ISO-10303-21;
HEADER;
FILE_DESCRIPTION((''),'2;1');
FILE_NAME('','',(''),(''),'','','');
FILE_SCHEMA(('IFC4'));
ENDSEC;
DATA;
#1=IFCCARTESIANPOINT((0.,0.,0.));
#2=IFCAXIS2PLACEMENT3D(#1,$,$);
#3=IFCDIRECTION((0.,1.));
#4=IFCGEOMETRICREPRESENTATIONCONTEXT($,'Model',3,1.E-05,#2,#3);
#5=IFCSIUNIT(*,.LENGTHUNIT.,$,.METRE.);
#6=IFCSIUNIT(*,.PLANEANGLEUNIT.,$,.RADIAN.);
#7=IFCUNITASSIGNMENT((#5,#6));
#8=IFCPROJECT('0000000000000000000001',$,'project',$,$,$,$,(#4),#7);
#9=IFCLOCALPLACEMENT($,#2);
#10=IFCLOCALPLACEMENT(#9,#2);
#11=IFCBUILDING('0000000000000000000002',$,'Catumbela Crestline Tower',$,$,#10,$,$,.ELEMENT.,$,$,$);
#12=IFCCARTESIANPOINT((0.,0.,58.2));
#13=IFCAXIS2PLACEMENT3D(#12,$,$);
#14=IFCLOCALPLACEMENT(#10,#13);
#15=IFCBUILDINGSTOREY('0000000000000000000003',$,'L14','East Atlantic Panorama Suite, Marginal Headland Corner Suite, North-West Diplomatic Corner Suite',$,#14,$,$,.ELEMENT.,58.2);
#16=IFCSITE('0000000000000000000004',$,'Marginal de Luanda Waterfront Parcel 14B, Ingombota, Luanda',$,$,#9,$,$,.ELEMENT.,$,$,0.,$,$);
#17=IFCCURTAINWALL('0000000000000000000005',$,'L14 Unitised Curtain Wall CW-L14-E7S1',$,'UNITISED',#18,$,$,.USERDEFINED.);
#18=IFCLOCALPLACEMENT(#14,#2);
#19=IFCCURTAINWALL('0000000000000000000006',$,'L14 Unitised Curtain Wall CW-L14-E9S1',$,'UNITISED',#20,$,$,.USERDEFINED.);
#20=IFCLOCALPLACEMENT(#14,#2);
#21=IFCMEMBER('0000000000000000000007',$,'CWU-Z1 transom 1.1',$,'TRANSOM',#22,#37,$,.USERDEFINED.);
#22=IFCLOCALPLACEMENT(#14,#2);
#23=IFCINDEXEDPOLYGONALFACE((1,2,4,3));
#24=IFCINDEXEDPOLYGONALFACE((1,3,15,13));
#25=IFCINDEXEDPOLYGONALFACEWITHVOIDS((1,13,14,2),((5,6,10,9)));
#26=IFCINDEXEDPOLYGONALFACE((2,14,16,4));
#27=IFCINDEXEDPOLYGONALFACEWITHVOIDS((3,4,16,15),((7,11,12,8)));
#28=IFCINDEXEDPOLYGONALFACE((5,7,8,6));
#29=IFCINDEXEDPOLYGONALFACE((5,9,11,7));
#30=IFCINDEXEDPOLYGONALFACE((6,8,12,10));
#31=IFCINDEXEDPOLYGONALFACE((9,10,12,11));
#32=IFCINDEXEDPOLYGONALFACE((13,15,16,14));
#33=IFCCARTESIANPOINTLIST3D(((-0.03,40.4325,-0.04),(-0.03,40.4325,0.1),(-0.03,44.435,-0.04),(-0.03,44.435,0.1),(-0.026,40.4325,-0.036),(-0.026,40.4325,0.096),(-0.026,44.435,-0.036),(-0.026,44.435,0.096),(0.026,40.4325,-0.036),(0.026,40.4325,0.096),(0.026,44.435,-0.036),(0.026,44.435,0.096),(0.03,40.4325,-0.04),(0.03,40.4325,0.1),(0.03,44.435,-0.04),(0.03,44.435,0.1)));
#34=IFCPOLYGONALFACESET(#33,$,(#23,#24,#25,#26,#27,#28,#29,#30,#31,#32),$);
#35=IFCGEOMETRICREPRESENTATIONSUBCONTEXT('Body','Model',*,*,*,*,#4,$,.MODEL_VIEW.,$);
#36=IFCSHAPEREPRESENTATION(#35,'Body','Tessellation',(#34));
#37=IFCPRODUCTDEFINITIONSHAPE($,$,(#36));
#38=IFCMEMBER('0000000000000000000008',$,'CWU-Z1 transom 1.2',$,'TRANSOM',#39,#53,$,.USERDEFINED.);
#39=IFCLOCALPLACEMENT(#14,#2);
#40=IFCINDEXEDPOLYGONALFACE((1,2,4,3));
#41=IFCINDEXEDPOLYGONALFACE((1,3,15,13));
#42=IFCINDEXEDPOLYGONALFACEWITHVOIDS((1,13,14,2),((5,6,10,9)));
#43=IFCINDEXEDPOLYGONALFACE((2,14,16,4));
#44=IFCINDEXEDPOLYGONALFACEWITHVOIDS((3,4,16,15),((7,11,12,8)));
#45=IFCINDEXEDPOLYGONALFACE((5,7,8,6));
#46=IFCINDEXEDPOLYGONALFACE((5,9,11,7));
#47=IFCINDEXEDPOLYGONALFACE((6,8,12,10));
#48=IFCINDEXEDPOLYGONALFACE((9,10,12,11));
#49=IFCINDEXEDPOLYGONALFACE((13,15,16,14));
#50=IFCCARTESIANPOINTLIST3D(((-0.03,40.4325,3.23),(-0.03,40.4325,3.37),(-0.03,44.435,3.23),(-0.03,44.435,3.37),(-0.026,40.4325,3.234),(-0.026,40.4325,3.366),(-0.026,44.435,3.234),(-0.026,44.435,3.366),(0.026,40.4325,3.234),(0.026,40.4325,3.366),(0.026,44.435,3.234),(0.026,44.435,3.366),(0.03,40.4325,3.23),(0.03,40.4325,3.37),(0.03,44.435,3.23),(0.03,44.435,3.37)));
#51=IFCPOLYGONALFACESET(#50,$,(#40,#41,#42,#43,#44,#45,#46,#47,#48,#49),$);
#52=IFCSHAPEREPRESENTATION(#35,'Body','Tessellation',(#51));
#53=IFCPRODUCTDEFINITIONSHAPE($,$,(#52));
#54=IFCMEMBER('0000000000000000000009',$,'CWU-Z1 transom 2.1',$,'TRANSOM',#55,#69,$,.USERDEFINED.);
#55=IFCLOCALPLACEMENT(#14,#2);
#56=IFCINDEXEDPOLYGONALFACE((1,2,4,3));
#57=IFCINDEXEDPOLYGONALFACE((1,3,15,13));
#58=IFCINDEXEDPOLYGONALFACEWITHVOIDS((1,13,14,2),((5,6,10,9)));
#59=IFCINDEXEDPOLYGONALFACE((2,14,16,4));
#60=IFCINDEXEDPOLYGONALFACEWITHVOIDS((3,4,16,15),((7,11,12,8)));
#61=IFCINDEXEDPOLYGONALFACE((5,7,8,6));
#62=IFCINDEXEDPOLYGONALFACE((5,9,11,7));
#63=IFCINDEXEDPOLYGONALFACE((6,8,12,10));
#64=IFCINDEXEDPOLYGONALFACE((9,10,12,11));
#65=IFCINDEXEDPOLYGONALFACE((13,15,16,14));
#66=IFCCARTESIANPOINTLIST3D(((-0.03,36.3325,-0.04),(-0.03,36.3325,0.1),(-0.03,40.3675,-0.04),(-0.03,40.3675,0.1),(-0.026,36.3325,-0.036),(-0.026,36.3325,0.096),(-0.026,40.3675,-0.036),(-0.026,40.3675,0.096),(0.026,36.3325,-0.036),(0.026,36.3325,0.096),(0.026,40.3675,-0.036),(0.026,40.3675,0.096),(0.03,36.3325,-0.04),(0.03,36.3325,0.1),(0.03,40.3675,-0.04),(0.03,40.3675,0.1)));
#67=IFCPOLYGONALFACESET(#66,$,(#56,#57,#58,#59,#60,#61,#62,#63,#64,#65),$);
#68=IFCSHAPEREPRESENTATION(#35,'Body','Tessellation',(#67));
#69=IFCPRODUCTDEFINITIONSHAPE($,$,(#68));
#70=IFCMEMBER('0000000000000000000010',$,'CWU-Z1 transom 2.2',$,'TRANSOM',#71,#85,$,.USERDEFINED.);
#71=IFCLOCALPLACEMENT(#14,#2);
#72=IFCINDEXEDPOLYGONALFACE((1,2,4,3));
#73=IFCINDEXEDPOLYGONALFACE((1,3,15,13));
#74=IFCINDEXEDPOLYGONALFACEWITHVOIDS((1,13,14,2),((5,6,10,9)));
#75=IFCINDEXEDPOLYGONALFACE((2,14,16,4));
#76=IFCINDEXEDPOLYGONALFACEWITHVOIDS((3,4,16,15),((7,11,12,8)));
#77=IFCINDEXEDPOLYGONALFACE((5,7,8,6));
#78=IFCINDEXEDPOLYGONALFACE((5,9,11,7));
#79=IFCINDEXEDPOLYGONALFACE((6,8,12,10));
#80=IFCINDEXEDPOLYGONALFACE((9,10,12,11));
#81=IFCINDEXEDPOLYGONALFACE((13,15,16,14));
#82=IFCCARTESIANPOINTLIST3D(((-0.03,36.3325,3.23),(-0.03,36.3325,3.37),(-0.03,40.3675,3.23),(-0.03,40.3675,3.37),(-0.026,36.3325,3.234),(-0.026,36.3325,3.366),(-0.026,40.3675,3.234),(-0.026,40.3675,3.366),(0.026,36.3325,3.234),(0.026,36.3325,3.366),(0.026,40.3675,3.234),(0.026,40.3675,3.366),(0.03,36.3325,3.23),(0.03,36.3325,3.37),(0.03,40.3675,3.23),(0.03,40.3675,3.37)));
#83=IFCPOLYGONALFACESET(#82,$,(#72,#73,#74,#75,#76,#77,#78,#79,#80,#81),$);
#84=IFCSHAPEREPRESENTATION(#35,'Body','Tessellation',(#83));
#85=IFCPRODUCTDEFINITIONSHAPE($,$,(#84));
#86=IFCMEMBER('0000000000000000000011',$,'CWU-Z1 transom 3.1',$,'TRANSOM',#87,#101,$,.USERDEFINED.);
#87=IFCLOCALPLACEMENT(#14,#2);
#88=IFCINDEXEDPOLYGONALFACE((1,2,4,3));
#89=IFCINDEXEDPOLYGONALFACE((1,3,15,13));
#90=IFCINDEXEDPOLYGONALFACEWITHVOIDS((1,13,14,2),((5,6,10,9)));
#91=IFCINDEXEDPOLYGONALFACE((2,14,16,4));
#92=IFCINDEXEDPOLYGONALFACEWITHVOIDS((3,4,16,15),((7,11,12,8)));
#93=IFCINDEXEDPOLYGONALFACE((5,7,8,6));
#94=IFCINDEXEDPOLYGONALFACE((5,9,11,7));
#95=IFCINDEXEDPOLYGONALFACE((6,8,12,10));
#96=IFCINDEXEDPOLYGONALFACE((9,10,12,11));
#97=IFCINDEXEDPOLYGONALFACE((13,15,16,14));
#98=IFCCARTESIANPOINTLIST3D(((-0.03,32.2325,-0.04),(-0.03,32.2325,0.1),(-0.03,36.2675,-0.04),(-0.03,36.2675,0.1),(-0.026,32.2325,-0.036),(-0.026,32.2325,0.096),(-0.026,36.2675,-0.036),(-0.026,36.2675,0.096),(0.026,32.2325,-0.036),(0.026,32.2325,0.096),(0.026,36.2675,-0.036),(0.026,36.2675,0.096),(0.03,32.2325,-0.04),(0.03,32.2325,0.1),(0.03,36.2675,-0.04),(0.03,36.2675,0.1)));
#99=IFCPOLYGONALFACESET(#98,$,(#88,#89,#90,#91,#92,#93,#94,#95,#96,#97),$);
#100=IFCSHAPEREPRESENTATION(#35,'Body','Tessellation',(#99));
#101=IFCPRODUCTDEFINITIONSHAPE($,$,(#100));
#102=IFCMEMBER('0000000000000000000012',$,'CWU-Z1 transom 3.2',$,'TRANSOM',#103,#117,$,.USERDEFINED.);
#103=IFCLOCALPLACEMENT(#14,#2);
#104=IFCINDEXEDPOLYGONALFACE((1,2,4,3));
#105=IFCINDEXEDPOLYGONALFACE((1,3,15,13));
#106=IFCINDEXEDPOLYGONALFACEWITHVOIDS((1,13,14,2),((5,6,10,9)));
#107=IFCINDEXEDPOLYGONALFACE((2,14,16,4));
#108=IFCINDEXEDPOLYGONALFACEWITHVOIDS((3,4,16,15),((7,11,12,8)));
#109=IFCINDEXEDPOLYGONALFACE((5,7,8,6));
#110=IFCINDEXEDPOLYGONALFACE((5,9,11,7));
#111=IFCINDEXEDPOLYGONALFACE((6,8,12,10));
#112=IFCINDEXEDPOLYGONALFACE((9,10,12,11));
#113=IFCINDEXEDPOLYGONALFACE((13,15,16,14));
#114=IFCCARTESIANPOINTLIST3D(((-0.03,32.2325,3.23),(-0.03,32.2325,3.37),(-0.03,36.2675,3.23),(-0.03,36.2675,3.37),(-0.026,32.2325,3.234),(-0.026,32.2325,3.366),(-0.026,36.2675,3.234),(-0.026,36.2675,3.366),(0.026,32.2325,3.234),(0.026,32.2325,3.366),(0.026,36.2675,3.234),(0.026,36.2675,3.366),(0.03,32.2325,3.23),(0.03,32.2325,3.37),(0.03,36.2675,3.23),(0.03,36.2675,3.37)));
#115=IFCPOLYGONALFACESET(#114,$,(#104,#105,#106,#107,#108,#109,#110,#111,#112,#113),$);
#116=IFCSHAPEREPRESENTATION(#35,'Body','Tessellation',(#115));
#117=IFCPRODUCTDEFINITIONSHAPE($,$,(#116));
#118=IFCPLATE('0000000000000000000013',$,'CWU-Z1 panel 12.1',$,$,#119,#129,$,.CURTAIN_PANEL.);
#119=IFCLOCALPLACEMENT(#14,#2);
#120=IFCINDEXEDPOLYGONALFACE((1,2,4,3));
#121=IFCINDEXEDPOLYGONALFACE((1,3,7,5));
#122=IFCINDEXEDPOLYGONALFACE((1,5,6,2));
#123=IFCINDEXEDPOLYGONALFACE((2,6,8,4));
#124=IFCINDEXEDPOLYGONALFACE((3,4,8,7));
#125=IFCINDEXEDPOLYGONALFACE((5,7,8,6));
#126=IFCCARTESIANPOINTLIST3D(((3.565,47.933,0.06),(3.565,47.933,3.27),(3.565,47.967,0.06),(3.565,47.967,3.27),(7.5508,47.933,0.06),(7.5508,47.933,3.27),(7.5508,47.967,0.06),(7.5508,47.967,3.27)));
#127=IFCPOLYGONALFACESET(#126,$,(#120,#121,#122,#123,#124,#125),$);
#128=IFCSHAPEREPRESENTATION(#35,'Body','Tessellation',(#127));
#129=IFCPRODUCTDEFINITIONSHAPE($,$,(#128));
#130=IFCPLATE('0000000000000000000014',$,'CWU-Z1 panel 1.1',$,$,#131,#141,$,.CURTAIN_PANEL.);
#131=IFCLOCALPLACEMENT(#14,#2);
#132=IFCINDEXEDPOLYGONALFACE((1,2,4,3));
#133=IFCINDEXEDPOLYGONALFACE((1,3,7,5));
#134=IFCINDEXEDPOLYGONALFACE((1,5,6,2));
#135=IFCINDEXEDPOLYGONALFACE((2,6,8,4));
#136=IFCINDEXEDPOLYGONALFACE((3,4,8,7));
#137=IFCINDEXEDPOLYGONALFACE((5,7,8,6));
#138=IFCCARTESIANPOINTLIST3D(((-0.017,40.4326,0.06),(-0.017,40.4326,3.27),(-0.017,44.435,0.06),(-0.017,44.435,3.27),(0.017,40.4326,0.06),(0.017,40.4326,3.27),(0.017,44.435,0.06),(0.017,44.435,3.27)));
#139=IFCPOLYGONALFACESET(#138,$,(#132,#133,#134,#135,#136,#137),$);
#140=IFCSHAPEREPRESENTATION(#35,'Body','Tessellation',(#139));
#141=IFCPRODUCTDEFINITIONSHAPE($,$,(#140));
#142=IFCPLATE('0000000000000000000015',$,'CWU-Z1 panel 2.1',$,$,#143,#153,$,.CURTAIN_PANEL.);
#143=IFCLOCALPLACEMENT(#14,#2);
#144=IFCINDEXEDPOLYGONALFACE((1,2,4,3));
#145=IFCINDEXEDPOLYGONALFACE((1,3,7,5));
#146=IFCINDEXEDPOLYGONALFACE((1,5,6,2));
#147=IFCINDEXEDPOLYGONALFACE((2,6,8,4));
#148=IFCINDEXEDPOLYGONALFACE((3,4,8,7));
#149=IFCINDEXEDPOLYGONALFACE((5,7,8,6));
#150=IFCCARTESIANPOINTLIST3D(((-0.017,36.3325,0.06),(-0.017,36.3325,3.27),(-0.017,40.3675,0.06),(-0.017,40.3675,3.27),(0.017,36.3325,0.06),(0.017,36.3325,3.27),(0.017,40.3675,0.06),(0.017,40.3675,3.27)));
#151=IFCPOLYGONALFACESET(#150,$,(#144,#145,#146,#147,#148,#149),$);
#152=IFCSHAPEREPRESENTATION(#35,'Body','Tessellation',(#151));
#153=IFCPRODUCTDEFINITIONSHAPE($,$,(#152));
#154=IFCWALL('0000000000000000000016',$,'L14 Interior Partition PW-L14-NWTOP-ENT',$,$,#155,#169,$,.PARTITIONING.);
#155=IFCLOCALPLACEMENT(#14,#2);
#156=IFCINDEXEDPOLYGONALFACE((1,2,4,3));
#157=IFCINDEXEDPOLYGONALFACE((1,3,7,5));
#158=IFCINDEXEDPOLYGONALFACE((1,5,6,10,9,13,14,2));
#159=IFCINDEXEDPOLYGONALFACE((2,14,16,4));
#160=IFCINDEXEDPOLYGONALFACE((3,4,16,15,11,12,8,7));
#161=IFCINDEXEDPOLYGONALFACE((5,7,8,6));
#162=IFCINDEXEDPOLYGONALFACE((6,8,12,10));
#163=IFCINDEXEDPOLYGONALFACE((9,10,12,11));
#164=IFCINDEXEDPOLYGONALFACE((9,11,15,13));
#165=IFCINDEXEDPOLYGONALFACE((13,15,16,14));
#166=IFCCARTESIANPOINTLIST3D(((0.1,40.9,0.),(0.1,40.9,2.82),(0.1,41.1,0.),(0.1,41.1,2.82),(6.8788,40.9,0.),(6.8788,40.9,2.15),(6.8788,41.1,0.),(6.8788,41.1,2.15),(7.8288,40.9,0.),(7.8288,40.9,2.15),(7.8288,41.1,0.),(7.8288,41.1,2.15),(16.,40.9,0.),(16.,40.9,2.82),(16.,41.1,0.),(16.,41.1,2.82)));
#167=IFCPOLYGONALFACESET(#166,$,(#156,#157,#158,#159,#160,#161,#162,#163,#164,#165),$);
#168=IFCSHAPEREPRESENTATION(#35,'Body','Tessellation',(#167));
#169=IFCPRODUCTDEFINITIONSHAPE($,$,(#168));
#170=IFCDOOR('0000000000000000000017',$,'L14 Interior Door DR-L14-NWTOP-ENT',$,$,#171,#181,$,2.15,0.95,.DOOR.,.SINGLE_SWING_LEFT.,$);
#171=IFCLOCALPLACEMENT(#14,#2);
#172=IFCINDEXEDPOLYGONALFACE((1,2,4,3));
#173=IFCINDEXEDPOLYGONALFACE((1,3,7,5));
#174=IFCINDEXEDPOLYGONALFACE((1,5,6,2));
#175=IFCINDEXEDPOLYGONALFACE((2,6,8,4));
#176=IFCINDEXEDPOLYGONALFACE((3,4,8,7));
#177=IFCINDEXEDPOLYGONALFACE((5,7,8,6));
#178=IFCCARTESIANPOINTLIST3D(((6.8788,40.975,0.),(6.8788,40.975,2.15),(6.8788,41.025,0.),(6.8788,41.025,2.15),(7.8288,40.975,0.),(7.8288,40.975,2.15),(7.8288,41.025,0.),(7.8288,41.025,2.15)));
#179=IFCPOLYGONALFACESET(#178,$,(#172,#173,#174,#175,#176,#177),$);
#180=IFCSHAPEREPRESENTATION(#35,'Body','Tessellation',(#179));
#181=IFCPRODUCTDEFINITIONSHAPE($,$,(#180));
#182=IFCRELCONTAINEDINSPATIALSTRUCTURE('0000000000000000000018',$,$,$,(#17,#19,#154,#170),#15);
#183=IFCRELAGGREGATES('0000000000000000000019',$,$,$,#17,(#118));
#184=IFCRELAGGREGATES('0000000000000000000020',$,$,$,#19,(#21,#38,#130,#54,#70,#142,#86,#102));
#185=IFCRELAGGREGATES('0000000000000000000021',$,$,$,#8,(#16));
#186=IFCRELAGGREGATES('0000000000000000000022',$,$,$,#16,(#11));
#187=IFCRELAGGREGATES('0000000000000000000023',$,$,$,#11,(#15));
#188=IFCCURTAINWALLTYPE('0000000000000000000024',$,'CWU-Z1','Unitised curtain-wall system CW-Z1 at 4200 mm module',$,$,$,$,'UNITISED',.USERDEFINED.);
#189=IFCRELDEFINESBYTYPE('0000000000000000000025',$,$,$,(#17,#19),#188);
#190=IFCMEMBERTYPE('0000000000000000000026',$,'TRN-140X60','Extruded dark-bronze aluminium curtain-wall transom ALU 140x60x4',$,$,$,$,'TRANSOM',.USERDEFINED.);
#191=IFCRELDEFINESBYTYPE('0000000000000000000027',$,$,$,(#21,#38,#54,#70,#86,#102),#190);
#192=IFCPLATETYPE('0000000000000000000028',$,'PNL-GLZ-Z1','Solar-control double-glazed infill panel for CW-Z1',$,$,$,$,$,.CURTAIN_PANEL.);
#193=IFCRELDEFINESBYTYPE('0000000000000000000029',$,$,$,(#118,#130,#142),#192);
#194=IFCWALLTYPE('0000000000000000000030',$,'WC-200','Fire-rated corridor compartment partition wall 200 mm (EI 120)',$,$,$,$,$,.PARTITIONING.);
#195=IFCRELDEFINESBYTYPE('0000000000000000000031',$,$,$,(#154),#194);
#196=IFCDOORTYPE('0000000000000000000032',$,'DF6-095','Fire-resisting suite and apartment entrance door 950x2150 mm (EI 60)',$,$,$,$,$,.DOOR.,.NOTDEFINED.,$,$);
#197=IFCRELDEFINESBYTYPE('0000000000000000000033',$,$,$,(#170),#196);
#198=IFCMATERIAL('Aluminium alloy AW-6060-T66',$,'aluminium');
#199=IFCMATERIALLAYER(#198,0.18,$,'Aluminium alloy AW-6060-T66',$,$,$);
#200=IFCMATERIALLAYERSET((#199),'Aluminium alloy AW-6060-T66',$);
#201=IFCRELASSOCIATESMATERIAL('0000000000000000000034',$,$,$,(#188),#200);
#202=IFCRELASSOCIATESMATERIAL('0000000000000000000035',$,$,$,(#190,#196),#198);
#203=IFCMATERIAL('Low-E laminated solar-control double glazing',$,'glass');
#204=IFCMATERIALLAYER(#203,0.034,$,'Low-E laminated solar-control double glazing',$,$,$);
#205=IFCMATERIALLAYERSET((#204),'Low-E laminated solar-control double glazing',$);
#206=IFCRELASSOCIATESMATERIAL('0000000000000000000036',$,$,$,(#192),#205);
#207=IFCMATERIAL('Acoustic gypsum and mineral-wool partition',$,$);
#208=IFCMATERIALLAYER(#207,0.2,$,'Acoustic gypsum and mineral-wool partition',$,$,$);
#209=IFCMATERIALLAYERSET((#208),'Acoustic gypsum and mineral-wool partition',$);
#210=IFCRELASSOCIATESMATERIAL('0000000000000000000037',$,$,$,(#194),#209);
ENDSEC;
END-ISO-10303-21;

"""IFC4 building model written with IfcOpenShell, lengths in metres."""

from ifc_helpers import new_model, si_unit, direction, frame, frame_2d, origin, origin_2d, place, context, subcontext, project, spatial, rectangle, hollow_rectangle, extrude, material, layer, layer_set, material_profile, profile_set, type_object, element, fill, aggregate, save


model = new_model("IFC4")

# Units and contexts
model_context = context("Model", 3, precision=1e-05, world=origin(), true_north=direction((0.0, 1.0)))
body_context = subcontext(model_context, "Body", "Model", "MODEL_VIEW")
ifc_project = project(units=[si_unit("LENGTHUNIT", "METRE"), si_unit("PLANEANGLEUNIT", "RADIAN")], contexts=[model_context])

# Site, building, storey
site_placement = place(None, origin())
site = spatial("IfcSite", under=ifc_project, at=site_placement, Name="Marginal de Luanda Waterfront Parcel 14B, Ingombota, Luanda", CompositionType="ELEMENT", RefElevation=0.0)
building_placement = place(site_placement, origin())
building = spatial("IfcBuilding", under=site, at=building_placement, Name="Catumbela Crestline Tower", CompositionType="ELEMENT")
storey_placement = place(building_placement, frame((0.0, 0.0, 58.2)))
storey = spatial("IfcBuildingStorey", under=building, at=storey_placement, Name="L14", Description="East Atlantic Panorama Suite, Marginal Headland Corner Suite, North-West Diplomatic Corner Suite", CompositionType="ELEMENT", Elevation=58.2)

# Curtain walls
ifc_material_1 = material(Name="Aluminium alloy AW-6060-T66", Category="aluminium")
ifc_layer_1 = layer(ifc_material_1, 0.18, Name="Aluminium alloy AW-6060-T66")
ifc_layer_set_1 = layer_set([ifc_layer_1], Name="Aluminium alloy AW-6060-T66")
curtain_wall_type = type_object("IfcCurtainWallType", Name="CWU-Z1", Description="Unitised curtain-wall system CW-Z1 at 4200 mm module", ElementType="UNITISED", PredefinedType="USERDEFINED", material=ifc_layer_set_1)
curtain_wall_1_placement = place(storey_placement, origin())
curtain_wall_1 = element("IfcCurtainWall", 1, at=curtain_wall_1_placement, inside=storey, type_object=curtain_wall_type, Name="L14 Unitised Curtain Wall CW-L14-E7S1", ObjectType="UNITISED", PredefinedType="USERDEFINED")
curtain_wall_2_placement = place(storey_placement, origin())
curtain_wall_2 = element("IfcCurtainWall", 2, at=curtain_wall_2_placement, inside=storey, type_object=curtain_wall_type, Name="L14 Unitised Curtain Wall CW-L14-E9S1", ObjectType="UNITISED", PredefinedType="USERDEFINED")

# Members
ifc_material_profile_1 = material_profile(ifc_material_1, hollow_rectangle(XDim=0.06, YDim=0.14, WallThickness=0.004, at=origin_2d()), Name="ALU 140x60x4")
ifc_profile_set_1 = profile_set([ifc_material_profile_1], Name="Aluminium alloy AW-6060-T66")
member_type_1 = type_object("IfcMemberType", Name="TRN-140X60", Description="Extruded dark-bronze aluminium curtain-wall transom ALU 140x60x4", ElementType="TRANSOM", PredefinedType="USERDEFINED", material=ifc_profile_set_1)
member_1_placement = place(storey_placement, frame((0.0, 44.435, 0.03), z_axis=(0.0, -1.0, 0.0), x_axis=(1.0, 0.0, 0.0)))
member_1 = element("IfcMember", 3, at=member_1_placement, type_object=member_type_1, Name="CWU-Z1 transom 1.1", ObjectType="TRANSOM", PredefinedType="USERDEFINED", context=body_context, shape_type="SweptSolid", body=[
    extrude(hollow_rectangle(XDim=0.06, YDim=0.14, WallThickness=0.004, at=origin_2d()), origin(), (0.0, 0.0, 1.0), 4.0025),
])
member_2_placement = place(storey_placement, frame((0.0, 44.435, 3.3), z_axis=(0.0, -1.0, 0.0), x_axis=(1.0, 0.0, 0.0)))
member_2 = element("IfcMember", 4, at=member_2_placement, type_object=member_type_1, Name="CWU-Z1 transom 1.2", ObjectType="TRANSOM", PredefinedType="USERDEFINED", context=body_context, shape_type="SweptSolid", body=[
    extrude(hollow_rectangle(XDim=0.06, YDim=0.14, WallThickness=0.004, at=origin_2d()), origin(), (0.0, 0.0, 1.0), 4.0025),
])
member_3_placement = place(storey_placement, frame((0.0, 40.3675, 0.03), z_axis=(0.0, -1.0, 0.0), x_axis=(1.0, 0.0, 0.0)))
member_3 = element("IfcMember", 5, at=member_3_placement, type_object=member_type_1, Name="CWU-Z1 transom 2.1", ObjectType="TRANSOM", PredefinedType="USERDEFINED", context=body_context, shape_type="SweptSolid", body=[
    extrude(hollow_rectangle(XDim=0.06, YDim=0.14, WallThickness=0.004, at=origin_2d()), origin(), (0.0, 0.0, 1.0), 4.035),
])
member_4_placement = place(storey_placement, frame((0.0, 40.3675, 3.3), z_axis=(0.0, -1.0, 0.0), x_axis=(1.0, 0.0, 0.0)))
member_4 = element("IfcMember", 6, at=member_4_placement, type_object=member_type_1, Name="CWU-Z1 transom 2.2", ObjectType="TRANSOM", PredefinedType="USERDEFINED", context=body_context, shape_type="SweptSolid", body=[
    extrude(hollow_rectangle(XDim=0.06, YDim=0.14, WallThickness=0.004, at=origin_2d()), origin(), (0.0, 0.0, 1.0), 4.035),
])
member_5_placement = place(storey_placement, frame((0.0, 36.2675, 0.03), z_axis=(0.0, -1.0, 0.0), x_axis=(1.0, 0.0, 0.0)))
member_5 = element("IfcMember", 7, at=member_5_placement, type_object=member_type_1, Name="CWU-Z1 transom 3.1", ObjectType="TRANSOM", PredefinedType="USERDEFINED", context=body_context, shape_type="SweptSolid", body=[
    extrude(hollow_rectangle(XDim=0.06, YDim=0.14, WallThickness=0.004, at=origin_2d()), origin(), (0.0, 0.0, 1.0), 4.035),
])
member_6_placement = place(storey_placement, frame((0.0, 36.2675, 3.3), z_axis=(0.0, -1.0, 0.0), x_axis=(1.0, 0.0, 0.0)))
member_6 = element("IfcMember", 8, at=member_6_placement, type_object=member_type_1, Name="CWU-Z1 transom 3.2", ObjectType="TRANSOM", PredefinedType="USERDEFINED", context=body_context, shape_type="SweptSolid", body=[
    extrude(hollow_rectangle(XDim=0.06, YDim=0.14, WallThickness=0.004, at=origin_2d()), origin(), (0.0, 0.0, 1.0), 4.035),
])

# Plates
ifc_material_2 = material(Name="Low-E laminated solar-control double glazing", Category="glass")
ifc_layer_2 = layer(ifc_material_2, 0.034, Name="Low-E laminated solar-control double glazing")
ifc_layer_set_2 = layer_set([ifc_layer_2], Name="Low-E laminated solar-control double glazing")
plate_type = type_object("IfcPlateType", Name="PNL-GLZ-Z1", Description="Solar-control double-glazed infill panel for CW-Z1", PredefinedType="CURTAIN_PANEL", material=ifc_layer_set_2)
plate_1_placement = place(storey_placement, frame((5.5579, 47.95, 0.06), z_axis=(0.0, 0.0, 1.0), x_axis=(-1.0, 0.0, 0.0)))
plate_1 = element("IfcPlate", 9, at=plate_1_placement, type_object=plate_type, Name="CWU-Z1 panel 12.1", PredefinedType="CURTAIN_PANEL", context=body_context, shape_type="SweptSolid", body=[
    extrude(rectangle(XDim=3.9858, YDim=0.034, at=origin_2d()), origin(), (0.0, 0.0, 1.0), 3.21),
])
aggregate(curtain_wall_1, [plate_1])
plate_2_placement = place(storey_placement, frame((0.0, 42.4338, 0.06), z_axis=(0.0, 0.0, 1.0), x_axis=(0.0, -1.0, 0.0)))
plate_2 = element("IfcPlate", 10, at=plate_2_placement, type_object=plate_type, Name="CWU-Z1 panel 1.1", PredefinedType="CURTAIN_PANEL", context=body_context, shape_type="SweptSolid", body=[
    extrude(rectangle(XDim=4.0025, YDim=0.034, at=origin_2d()), origin(), (0.0, 0.0, 1.0), 3.21),
])
plate_3_placement = place(storey_placement, frame((0.0, 38.35, 0.06), z_axis=(0.0, 0.0, 1.0), x_axis=(0.0, -1.0, 0.0)))
plate_3 = element("IfcPlate", 11, at=plate_3_placement, type_object=plate_type, Name="CWU-Z1 panel 2.1", PredefinedType="CURTAIN_PANEL", context=body_context, shape_type="SweptSolid", body=[
    extrude(rectangle(XDim=4.035, YDim=0.034, at=origin_2d()), origin(), (0.0, 0.0, 1.0), 3.21),
])
aggregate(curtain_wall_2, [member_1, member_2, plate_2, member_3, member_4, plate_3, member_5, member_6])

# Wall, opening, door
ifc_material_3 = material(Name="Acoustic gypsum and mineral-wool partition")
ifc_layer_3 = layer(ifc_material_3, 0.2, Name="Acoustic gypsum and mineral-wool partition")
ifc_layer_set_3 = layer_set([ifc_layer_3], Name="Acoustic gypsum and mineral-wool partition")
wall_type_1 = type_object("IfcWallType", Name="WC-200", Description="Fire-rated corridor compartment partition wall 200 mm (EI 120)", PredefinedType="PARTITIONING", material=ifc_layer_set_3)
wall_1_placement = place(storey_placement, frame((0.1, 41.0, 0.0), z_axis=(0.0, 0.0, 1.0), x_axis=(1.0, 0.0, 0.0)))
wall_1 = element("IfcWall", 12, at=wall_1_placement, inside=storey, type_object=wall_type_1, Name="L14 Interior Partition PW-L14-NWTOP-ENT", PredefinedType="PARTITIONING", context=body_context, shape_type="SweptSolid", body=[
    extrude(rectangle(XDim=15.9, YDim=0.2, at=frame_2d((7.95, 0.0))), origin(), (0.0, 0.0, 1.0), 2.82),
])
opening_1_placement = place(wall_1_placement, frame((6.7788, 0.0, 0.0)))
opening_1 = element("IfcOpeningElement", 13, at=opening_1_placement, cuts=wall_1, PredefinedType="OPENING", context=body_context, shape_type="SweptSolid", body=[
    extrude(rectangle(XDim=0.95, YDim=2.15, at=frame_2d((0.475, 1.075))), frame((0.0, 0.11, 0.0), z_axis=(0.0, -1.0, 0.0), x_axis=(1.0, 0.0, 0.0)), (0.0, 0.0, 1.0), 0.22),
])
door_type = type_object("IfcDoorType", Name="DF6-095", Description="Fire-resisting suite and apartment entrance door 950x2150 mm (EI 60)", OperationType="NOTDEFINED", PredefinedType="DOOR", material=ifc_material_1)
door_placement = place(opening_1_placement, origin())
door = element("IfcDoor", 14, at=door_placement, inside=storey, type_object=door_type, Name="L14 Interior Door DR-L14-NWTOP-ENT", OperationType="SINGLE_SWING_LEFT", OverallHeight=2.15, OverallWidth=0.95, PredefinedType="DOOR", context=body_context, shape_type="SweptSolid", body=[
    extrude(rectangle(XDim=0.95, YDim=2.15, at=frame_2d((0.475, 1.075))), frame((0.0, 0.025, 0.0), z_axis=(0.0, -1.0, 0.0), x_axis=(1.0, 0.0, 0.0)), (0.0, 0.0, 1.0), 0.05),
])
fill(opening_1, door)

save(model, "model.ifc")
